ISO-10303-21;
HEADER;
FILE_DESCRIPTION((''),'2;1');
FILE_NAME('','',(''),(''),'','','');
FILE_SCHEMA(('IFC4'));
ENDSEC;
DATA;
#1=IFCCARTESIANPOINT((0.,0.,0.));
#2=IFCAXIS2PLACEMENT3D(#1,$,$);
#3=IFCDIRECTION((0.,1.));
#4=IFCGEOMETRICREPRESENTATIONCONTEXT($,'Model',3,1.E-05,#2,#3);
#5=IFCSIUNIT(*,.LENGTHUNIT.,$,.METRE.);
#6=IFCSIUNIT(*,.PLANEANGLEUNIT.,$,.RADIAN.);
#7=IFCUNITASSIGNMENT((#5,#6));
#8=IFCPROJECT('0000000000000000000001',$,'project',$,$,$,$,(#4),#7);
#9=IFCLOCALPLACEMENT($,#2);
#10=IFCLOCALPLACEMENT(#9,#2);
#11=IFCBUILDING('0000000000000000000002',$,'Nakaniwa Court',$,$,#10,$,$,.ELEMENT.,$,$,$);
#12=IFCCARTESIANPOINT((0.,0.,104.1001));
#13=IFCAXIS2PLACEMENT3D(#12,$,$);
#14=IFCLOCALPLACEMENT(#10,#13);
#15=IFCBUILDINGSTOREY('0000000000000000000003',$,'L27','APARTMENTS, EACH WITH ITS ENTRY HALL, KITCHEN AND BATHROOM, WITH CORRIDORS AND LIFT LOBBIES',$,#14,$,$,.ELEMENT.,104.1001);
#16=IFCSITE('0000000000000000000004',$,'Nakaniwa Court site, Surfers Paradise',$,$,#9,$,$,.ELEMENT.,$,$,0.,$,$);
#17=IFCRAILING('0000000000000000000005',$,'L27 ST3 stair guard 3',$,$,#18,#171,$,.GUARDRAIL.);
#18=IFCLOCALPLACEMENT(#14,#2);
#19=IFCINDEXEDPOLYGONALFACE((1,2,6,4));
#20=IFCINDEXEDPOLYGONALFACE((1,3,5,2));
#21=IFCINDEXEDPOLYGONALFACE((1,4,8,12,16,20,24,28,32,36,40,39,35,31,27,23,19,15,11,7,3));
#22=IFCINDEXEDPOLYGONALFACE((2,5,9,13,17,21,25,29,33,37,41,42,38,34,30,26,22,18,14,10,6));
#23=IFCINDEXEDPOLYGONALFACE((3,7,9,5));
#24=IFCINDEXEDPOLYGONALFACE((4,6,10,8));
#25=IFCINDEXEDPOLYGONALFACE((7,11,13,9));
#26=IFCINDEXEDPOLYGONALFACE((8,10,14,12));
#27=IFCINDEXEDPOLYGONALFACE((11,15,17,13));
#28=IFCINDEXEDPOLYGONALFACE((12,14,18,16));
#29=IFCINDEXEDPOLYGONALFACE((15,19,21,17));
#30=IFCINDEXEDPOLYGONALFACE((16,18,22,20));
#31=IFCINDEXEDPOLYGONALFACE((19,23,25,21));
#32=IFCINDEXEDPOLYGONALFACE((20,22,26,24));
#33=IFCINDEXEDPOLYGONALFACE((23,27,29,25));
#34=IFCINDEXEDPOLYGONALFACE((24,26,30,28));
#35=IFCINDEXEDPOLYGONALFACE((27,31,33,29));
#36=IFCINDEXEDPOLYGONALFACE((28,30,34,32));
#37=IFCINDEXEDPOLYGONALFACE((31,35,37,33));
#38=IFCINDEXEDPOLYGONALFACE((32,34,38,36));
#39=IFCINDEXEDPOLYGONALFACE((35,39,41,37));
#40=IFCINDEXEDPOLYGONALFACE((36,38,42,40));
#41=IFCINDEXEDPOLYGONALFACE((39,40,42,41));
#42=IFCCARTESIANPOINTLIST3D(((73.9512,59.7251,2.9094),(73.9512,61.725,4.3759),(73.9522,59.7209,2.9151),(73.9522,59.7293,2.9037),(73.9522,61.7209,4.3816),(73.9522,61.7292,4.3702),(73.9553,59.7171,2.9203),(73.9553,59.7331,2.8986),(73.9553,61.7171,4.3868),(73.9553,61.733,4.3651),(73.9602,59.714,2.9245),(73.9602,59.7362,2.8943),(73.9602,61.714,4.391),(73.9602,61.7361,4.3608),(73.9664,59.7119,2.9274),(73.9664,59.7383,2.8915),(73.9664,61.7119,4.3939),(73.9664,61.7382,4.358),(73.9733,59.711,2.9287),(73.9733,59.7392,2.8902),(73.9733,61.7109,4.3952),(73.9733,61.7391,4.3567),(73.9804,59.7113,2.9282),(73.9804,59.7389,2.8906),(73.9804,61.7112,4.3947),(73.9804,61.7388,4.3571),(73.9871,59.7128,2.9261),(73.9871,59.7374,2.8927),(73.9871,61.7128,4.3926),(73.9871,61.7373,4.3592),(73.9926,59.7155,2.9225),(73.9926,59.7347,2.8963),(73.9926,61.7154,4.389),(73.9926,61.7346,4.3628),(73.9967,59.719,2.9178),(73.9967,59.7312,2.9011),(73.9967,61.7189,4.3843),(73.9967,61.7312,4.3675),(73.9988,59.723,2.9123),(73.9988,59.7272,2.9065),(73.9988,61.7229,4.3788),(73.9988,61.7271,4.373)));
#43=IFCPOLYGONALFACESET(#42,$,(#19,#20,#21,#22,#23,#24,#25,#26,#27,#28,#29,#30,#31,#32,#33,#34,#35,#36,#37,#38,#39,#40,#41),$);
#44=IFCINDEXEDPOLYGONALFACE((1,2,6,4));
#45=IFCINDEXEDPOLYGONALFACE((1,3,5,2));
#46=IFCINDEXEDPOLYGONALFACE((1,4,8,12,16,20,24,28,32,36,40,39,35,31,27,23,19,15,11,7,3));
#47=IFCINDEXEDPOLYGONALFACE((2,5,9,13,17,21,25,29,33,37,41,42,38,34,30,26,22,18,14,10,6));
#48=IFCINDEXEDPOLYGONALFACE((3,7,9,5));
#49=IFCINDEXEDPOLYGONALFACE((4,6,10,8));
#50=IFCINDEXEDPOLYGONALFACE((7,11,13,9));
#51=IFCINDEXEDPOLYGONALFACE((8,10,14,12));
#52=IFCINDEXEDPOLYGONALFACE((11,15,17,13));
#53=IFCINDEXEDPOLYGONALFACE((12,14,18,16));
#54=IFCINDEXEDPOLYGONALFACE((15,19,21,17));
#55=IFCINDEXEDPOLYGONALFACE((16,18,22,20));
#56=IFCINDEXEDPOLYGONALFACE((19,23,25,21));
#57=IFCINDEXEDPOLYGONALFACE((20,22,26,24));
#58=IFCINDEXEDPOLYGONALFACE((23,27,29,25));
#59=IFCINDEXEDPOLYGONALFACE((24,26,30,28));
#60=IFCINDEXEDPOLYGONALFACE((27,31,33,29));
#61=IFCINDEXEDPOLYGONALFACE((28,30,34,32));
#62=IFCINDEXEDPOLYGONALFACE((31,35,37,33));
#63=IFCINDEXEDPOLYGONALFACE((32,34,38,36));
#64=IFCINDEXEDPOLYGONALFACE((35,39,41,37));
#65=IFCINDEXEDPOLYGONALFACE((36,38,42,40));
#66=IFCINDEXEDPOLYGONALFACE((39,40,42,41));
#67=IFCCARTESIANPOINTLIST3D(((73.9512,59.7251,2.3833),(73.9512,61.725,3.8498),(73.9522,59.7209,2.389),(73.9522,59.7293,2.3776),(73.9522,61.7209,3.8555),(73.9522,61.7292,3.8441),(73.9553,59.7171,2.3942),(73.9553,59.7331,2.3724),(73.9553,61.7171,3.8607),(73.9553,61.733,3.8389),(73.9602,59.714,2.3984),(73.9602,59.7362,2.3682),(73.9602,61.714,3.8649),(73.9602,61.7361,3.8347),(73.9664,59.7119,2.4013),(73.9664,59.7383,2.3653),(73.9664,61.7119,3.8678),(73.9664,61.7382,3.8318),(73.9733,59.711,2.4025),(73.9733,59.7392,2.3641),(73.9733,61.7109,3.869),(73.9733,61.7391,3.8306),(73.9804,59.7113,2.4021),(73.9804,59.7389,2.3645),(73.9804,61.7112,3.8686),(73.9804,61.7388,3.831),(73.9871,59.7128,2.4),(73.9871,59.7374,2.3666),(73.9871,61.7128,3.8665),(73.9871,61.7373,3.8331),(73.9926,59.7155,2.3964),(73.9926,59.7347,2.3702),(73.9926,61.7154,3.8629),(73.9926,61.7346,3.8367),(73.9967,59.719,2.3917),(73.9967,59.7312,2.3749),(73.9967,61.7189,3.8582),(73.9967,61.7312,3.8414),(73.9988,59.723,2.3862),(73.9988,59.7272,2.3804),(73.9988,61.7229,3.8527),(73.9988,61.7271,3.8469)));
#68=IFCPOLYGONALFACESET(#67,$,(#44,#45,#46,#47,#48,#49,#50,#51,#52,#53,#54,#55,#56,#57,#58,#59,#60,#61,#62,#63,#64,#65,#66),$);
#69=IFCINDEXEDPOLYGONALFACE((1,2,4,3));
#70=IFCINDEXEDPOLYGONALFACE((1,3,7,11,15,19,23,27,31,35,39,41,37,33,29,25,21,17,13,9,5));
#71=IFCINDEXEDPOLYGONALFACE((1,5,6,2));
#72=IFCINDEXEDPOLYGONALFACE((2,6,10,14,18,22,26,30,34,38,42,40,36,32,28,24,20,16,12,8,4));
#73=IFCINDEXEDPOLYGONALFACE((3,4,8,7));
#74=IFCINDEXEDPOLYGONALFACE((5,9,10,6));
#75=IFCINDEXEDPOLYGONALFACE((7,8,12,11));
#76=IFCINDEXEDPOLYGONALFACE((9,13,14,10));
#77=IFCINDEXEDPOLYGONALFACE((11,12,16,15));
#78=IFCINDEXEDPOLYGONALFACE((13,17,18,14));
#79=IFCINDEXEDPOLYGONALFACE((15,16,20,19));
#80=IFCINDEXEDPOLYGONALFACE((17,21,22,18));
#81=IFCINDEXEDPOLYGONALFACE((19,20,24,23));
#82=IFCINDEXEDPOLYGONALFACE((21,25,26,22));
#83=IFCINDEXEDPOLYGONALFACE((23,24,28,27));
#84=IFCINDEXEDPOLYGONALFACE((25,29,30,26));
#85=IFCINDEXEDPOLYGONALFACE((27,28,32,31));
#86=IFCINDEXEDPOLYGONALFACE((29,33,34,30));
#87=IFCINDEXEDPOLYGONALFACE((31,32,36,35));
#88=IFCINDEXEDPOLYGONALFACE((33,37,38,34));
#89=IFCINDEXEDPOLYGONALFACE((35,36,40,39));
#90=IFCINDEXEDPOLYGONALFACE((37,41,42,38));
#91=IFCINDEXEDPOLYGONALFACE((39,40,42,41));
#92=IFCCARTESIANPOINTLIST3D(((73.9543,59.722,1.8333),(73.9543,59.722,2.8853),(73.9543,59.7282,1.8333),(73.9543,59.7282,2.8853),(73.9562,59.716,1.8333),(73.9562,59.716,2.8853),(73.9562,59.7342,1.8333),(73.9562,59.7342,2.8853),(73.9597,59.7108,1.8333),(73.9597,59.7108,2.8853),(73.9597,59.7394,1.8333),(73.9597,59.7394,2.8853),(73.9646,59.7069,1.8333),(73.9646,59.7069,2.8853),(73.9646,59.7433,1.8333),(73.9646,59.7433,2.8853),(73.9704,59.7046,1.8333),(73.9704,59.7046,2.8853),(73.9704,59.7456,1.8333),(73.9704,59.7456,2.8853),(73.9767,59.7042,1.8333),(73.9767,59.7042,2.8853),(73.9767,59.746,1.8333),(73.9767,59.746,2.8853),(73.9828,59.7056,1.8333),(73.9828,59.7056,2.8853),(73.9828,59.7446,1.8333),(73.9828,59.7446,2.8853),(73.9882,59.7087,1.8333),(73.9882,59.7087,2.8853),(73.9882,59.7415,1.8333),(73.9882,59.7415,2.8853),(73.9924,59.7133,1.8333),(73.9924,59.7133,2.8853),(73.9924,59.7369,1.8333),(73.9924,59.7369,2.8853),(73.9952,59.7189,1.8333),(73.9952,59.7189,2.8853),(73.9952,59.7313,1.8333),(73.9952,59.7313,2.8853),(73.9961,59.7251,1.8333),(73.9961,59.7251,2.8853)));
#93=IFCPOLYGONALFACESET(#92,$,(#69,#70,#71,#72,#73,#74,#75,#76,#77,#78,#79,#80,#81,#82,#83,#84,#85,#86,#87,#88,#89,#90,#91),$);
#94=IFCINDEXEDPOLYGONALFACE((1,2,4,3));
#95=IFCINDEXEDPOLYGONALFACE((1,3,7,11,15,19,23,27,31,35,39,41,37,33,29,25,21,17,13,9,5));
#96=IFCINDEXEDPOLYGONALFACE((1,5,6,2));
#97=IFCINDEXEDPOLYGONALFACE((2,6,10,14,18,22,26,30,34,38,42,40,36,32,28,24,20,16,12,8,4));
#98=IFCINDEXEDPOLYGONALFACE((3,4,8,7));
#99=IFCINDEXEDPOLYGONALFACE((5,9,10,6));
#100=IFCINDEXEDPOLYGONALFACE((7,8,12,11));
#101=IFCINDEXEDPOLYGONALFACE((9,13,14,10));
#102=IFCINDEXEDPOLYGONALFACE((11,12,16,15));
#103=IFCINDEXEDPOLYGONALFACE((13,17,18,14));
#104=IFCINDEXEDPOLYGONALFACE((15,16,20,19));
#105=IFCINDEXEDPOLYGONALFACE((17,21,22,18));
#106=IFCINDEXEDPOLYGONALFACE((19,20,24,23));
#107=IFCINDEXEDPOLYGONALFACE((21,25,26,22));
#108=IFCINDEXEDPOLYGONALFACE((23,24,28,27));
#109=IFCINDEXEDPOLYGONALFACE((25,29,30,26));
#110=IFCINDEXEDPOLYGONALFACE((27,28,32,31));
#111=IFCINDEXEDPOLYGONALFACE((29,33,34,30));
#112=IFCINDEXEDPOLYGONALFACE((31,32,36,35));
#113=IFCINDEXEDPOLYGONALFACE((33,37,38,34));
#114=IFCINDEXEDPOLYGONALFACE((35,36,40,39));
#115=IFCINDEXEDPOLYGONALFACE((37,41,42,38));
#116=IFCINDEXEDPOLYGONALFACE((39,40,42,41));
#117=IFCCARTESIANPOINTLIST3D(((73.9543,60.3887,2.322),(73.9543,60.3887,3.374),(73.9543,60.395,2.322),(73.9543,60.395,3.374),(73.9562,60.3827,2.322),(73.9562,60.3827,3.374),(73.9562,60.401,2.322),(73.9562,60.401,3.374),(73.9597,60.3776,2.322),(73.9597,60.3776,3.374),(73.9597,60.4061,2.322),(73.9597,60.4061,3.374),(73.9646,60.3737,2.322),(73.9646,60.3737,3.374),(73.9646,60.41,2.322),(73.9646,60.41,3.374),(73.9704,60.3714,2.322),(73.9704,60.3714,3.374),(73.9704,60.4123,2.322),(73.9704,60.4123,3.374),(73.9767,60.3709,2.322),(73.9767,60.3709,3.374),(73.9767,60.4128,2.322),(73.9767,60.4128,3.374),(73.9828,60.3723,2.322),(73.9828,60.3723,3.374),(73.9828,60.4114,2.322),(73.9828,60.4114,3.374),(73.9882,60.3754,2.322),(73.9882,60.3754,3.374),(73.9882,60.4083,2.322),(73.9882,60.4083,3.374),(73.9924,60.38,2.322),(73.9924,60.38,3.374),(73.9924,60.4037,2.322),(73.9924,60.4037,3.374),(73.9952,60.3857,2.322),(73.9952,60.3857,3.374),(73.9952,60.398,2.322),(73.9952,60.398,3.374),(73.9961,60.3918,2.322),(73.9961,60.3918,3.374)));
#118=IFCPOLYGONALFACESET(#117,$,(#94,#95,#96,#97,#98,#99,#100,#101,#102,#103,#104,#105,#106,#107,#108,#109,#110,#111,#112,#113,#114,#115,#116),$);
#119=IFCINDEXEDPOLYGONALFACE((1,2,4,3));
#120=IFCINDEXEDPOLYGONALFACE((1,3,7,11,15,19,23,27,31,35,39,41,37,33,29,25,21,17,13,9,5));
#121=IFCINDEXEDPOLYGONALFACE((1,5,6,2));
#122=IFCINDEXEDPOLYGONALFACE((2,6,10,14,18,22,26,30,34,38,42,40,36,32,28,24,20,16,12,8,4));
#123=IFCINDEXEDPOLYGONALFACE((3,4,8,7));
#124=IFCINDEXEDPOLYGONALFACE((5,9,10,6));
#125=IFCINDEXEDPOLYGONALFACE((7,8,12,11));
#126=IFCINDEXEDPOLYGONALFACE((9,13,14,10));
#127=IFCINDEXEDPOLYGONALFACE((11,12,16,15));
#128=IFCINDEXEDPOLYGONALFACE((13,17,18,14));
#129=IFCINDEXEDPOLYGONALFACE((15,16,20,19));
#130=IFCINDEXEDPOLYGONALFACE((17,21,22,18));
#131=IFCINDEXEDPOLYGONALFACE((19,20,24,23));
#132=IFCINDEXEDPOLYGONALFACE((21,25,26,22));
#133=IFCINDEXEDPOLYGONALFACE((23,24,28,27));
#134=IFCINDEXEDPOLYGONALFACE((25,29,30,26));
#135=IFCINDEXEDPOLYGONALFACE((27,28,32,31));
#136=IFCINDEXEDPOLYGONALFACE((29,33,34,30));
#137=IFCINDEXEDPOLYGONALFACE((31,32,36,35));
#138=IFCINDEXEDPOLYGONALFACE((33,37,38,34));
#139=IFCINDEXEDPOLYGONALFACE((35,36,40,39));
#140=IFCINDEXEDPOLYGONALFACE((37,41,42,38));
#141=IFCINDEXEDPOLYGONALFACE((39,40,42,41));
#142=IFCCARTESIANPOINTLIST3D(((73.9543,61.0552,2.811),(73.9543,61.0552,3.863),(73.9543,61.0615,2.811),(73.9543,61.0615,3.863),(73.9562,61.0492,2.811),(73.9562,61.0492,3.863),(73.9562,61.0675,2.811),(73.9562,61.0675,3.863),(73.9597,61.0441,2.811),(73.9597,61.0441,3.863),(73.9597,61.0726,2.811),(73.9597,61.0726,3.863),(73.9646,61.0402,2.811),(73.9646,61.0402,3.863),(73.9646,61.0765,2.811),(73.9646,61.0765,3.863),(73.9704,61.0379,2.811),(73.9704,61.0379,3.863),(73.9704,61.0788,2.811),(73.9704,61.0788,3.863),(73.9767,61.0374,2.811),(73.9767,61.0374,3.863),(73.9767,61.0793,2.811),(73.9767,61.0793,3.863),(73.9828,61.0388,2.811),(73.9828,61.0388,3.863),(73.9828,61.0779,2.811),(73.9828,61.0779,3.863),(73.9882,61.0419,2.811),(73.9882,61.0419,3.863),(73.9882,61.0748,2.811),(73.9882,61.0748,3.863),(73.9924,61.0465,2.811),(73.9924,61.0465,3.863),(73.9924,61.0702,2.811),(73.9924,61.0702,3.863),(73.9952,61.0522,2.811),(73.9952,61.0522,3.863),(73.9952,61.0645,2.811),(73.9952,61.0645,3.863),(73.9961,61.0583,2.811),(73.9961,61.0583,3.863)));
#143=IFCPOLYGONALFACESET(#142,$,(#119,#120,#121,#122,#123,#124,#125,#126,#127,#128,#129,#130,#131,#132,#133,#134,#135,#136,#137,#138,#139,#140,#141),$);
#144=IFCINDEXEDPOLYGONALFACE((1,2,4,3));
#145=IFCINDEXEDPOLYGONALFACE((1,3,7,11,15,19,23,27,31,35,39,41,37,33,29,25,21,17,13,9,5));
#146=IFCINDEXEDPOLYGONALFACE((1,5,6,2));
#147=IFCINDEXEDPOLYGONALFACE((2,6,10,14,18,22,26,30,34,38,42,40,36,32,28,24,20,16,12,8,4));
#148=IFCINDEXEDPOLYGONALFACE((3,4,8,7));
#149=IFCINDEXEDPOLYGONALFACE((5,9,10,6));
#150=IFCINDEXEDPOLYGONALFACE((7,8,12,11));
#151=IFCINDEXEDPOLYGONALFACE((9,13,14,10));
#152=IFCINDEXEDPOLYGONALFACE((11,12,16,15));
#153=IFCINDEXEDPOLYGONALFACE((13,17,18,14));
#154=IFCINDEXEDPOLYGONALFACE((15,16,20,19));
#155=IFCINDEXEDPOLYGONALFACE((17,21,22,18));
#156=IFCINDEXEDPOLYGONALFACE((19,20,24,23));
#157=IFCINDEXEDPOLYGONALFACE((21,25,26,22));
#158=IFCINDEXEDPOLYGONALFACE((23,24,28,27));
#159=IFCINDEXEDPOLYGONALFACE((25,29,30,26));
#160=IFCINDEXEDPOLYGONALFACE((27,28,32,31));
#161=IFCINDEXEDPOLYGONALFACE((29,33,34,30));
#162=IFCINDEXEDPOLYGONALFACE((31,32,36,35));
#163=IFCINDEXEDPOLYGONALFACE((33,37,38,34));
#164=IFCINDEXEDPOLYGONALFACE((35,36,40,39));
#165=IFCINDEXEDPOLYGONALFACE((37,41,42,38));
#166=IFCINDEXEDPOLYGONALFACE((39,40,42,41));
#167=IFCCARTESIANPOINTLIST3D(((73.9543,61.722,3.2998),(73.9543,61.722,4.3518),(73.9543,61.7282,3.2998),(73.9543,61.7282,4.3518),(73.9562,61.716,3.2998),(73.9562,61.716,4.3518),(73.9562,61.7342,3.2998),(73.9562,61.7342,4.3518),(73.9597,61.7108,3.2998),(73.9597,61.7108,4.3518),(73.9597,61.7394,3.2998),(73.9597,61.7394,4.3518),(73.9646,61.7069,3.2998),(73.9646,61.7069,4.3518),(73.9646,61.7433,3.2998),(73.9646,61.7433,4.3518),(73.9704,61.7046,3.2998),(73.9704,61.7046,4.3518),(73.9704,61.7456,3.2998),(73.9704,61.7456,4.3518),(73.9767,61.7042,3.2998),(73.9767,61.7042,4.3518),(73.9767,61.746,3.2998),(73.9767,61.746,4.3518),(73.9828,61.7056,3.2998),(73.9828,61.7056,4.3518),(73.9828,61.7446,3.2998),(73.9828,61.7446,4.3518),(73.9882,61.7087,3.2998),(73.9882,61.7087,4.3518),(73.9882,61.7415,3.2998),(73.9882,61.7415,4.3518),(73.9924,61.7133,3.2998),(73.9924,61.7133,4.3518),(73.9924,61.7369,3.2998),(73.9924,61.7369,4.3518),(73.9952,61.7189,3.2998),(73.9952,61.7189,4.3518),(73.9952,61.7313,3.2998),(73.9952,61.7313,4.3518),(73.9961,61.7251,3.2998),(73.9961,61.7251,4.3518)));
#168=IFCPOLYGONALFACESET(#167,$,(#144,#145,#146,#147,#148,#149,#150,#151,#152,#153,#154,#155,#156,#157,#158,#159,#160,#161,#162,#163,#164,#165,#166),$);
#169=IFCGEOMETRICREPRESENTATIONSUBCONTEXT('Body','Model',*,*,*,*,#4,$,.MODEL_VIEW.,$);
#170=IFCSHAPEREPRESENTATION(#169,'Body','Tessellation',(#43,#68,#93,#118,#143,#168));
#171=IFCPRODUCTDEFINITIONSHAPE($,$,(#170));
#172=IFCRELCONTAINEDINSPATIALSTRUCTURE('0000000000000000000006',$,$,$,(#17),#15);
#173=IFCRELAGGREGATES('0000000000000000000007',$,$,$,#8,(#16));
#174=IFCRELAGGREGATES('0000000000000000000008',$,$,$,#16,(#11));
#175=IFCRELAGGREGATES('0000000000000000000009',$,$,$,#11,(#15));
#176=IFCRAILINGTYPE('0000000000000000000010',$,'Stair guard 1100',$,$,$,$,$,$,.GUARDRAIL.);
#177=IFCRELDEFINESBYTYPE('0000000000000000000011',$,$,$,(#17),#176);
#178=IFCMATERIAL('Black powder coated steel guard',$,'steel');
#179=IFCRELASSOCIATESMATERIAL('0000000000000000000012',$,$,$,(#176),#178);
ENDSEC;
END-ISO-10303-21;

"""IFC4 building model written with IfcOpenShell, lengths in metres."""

from ifc_helpers import new_model, si_unit, direction, frame, origin, origin_2d, place, context, subcontext, project, spatial, circle, extrude, material, type_object, element, save


model = new_model("IFC4")

# Units and contexts
model_context = context("Model", 3, precision=1e-05, world=origin(), true_north=direction((0.0, 1.0)))
body_context = subcontext(model_context, "Body", "Model", "MODEL_VIEW")
ifc_project = project(units=[si_unit("LENGTHUNIT", "METRE"), si_unit("PLANEANGLEUNIT", "RADIAN")], contexts=[model_context])

# Site, building, storey
site_placement = place(None, origin())
site = spatial("IfcSite", under=ifc_project, at=site_placement, Name="Nakaniwa Court site, Surfers Paradise", CompositionType="ELEMENT", RefElevation=0.0)
building_placement = place(site_placement, origin())
building = spatial("IfcBuilding", under=site, at=building_placement, Name="Nakaniwa Court", CompositionType="ELEMENT")
storey_placement = place(building_placement, frame((0.0, 0.0, 104.1001)))
storey = spatial("IfcBuildingStorey", under=building, at=storey_placement, Name="L27", Description="APARTMENTS, EACH WITH ITS ENTRY HALL, KITCHEN AND BATHROOM, WITH CORRIDORS AND LIFT LOBBIES", CompositionType="ELEMENT", Elevation=104.1001)

# Railing
ifc_material_1 = material(Name="Black powder coated steel guard", Category="steel")
railing_type_1 = type_object("IfcRailingType", Name="Stair guard 1100", PredefinedType="GUARDRAIL", material=ifc_material_1)
railing_1_placement = place(storey_placement, frame((73.9751, 59.7251, 1.8333)))
element("IfcRailing", 1, at=railing_1_placement, inside=storey, type_object=railing_type_1, Name="L27 ST3 stair guard 3", PredefinedType="GUARDRAIL", context=body_context, shape_type="SweptSolid", body=[
    extrude(circle(Radius=0.0239, at=origin_2d()), frame((0.0, 0.0, 1.0762), z_axis=(0.0, 0.806427, 0.591334), x_axis=(-1.0, 0.0, 0.0)), (0.0, 0.0, 1.0), 2.48),
    extrude(circle(Radius=0.0239, at=origin_2d()), frame((0.0, 0.0, 0.55), z_axis=(0.0, 0.806427, 0.591334), x_axis=(-1.0, 0.0, 0.0)), (0.0, 0.0, 1.0), 2.48),
    extrude(circle(Radius=0.021, at=origin_2d()), origin(), (0.0, 0.0, 1.0), 1.052),
    extrude(circle(Radius=0.021, at=origin_2d()), frame((0.0, 0.6667, 0.4888)), (0.0, 0.0, 1.0), 1.052),
    extrude(circle(Radius=0.021, at=origin_2d()), frame((0.0, 1.3333, 0.9778)), (0.0, 0.0, 1.0), 1.052),
    extrude(circle(Radius=0.021, at=origin_2d()), frame((0.0, 2.0, 1.4666)), (0.0, 0.0, 1.0), 1.052),
])

save(model, "model.ifc")
